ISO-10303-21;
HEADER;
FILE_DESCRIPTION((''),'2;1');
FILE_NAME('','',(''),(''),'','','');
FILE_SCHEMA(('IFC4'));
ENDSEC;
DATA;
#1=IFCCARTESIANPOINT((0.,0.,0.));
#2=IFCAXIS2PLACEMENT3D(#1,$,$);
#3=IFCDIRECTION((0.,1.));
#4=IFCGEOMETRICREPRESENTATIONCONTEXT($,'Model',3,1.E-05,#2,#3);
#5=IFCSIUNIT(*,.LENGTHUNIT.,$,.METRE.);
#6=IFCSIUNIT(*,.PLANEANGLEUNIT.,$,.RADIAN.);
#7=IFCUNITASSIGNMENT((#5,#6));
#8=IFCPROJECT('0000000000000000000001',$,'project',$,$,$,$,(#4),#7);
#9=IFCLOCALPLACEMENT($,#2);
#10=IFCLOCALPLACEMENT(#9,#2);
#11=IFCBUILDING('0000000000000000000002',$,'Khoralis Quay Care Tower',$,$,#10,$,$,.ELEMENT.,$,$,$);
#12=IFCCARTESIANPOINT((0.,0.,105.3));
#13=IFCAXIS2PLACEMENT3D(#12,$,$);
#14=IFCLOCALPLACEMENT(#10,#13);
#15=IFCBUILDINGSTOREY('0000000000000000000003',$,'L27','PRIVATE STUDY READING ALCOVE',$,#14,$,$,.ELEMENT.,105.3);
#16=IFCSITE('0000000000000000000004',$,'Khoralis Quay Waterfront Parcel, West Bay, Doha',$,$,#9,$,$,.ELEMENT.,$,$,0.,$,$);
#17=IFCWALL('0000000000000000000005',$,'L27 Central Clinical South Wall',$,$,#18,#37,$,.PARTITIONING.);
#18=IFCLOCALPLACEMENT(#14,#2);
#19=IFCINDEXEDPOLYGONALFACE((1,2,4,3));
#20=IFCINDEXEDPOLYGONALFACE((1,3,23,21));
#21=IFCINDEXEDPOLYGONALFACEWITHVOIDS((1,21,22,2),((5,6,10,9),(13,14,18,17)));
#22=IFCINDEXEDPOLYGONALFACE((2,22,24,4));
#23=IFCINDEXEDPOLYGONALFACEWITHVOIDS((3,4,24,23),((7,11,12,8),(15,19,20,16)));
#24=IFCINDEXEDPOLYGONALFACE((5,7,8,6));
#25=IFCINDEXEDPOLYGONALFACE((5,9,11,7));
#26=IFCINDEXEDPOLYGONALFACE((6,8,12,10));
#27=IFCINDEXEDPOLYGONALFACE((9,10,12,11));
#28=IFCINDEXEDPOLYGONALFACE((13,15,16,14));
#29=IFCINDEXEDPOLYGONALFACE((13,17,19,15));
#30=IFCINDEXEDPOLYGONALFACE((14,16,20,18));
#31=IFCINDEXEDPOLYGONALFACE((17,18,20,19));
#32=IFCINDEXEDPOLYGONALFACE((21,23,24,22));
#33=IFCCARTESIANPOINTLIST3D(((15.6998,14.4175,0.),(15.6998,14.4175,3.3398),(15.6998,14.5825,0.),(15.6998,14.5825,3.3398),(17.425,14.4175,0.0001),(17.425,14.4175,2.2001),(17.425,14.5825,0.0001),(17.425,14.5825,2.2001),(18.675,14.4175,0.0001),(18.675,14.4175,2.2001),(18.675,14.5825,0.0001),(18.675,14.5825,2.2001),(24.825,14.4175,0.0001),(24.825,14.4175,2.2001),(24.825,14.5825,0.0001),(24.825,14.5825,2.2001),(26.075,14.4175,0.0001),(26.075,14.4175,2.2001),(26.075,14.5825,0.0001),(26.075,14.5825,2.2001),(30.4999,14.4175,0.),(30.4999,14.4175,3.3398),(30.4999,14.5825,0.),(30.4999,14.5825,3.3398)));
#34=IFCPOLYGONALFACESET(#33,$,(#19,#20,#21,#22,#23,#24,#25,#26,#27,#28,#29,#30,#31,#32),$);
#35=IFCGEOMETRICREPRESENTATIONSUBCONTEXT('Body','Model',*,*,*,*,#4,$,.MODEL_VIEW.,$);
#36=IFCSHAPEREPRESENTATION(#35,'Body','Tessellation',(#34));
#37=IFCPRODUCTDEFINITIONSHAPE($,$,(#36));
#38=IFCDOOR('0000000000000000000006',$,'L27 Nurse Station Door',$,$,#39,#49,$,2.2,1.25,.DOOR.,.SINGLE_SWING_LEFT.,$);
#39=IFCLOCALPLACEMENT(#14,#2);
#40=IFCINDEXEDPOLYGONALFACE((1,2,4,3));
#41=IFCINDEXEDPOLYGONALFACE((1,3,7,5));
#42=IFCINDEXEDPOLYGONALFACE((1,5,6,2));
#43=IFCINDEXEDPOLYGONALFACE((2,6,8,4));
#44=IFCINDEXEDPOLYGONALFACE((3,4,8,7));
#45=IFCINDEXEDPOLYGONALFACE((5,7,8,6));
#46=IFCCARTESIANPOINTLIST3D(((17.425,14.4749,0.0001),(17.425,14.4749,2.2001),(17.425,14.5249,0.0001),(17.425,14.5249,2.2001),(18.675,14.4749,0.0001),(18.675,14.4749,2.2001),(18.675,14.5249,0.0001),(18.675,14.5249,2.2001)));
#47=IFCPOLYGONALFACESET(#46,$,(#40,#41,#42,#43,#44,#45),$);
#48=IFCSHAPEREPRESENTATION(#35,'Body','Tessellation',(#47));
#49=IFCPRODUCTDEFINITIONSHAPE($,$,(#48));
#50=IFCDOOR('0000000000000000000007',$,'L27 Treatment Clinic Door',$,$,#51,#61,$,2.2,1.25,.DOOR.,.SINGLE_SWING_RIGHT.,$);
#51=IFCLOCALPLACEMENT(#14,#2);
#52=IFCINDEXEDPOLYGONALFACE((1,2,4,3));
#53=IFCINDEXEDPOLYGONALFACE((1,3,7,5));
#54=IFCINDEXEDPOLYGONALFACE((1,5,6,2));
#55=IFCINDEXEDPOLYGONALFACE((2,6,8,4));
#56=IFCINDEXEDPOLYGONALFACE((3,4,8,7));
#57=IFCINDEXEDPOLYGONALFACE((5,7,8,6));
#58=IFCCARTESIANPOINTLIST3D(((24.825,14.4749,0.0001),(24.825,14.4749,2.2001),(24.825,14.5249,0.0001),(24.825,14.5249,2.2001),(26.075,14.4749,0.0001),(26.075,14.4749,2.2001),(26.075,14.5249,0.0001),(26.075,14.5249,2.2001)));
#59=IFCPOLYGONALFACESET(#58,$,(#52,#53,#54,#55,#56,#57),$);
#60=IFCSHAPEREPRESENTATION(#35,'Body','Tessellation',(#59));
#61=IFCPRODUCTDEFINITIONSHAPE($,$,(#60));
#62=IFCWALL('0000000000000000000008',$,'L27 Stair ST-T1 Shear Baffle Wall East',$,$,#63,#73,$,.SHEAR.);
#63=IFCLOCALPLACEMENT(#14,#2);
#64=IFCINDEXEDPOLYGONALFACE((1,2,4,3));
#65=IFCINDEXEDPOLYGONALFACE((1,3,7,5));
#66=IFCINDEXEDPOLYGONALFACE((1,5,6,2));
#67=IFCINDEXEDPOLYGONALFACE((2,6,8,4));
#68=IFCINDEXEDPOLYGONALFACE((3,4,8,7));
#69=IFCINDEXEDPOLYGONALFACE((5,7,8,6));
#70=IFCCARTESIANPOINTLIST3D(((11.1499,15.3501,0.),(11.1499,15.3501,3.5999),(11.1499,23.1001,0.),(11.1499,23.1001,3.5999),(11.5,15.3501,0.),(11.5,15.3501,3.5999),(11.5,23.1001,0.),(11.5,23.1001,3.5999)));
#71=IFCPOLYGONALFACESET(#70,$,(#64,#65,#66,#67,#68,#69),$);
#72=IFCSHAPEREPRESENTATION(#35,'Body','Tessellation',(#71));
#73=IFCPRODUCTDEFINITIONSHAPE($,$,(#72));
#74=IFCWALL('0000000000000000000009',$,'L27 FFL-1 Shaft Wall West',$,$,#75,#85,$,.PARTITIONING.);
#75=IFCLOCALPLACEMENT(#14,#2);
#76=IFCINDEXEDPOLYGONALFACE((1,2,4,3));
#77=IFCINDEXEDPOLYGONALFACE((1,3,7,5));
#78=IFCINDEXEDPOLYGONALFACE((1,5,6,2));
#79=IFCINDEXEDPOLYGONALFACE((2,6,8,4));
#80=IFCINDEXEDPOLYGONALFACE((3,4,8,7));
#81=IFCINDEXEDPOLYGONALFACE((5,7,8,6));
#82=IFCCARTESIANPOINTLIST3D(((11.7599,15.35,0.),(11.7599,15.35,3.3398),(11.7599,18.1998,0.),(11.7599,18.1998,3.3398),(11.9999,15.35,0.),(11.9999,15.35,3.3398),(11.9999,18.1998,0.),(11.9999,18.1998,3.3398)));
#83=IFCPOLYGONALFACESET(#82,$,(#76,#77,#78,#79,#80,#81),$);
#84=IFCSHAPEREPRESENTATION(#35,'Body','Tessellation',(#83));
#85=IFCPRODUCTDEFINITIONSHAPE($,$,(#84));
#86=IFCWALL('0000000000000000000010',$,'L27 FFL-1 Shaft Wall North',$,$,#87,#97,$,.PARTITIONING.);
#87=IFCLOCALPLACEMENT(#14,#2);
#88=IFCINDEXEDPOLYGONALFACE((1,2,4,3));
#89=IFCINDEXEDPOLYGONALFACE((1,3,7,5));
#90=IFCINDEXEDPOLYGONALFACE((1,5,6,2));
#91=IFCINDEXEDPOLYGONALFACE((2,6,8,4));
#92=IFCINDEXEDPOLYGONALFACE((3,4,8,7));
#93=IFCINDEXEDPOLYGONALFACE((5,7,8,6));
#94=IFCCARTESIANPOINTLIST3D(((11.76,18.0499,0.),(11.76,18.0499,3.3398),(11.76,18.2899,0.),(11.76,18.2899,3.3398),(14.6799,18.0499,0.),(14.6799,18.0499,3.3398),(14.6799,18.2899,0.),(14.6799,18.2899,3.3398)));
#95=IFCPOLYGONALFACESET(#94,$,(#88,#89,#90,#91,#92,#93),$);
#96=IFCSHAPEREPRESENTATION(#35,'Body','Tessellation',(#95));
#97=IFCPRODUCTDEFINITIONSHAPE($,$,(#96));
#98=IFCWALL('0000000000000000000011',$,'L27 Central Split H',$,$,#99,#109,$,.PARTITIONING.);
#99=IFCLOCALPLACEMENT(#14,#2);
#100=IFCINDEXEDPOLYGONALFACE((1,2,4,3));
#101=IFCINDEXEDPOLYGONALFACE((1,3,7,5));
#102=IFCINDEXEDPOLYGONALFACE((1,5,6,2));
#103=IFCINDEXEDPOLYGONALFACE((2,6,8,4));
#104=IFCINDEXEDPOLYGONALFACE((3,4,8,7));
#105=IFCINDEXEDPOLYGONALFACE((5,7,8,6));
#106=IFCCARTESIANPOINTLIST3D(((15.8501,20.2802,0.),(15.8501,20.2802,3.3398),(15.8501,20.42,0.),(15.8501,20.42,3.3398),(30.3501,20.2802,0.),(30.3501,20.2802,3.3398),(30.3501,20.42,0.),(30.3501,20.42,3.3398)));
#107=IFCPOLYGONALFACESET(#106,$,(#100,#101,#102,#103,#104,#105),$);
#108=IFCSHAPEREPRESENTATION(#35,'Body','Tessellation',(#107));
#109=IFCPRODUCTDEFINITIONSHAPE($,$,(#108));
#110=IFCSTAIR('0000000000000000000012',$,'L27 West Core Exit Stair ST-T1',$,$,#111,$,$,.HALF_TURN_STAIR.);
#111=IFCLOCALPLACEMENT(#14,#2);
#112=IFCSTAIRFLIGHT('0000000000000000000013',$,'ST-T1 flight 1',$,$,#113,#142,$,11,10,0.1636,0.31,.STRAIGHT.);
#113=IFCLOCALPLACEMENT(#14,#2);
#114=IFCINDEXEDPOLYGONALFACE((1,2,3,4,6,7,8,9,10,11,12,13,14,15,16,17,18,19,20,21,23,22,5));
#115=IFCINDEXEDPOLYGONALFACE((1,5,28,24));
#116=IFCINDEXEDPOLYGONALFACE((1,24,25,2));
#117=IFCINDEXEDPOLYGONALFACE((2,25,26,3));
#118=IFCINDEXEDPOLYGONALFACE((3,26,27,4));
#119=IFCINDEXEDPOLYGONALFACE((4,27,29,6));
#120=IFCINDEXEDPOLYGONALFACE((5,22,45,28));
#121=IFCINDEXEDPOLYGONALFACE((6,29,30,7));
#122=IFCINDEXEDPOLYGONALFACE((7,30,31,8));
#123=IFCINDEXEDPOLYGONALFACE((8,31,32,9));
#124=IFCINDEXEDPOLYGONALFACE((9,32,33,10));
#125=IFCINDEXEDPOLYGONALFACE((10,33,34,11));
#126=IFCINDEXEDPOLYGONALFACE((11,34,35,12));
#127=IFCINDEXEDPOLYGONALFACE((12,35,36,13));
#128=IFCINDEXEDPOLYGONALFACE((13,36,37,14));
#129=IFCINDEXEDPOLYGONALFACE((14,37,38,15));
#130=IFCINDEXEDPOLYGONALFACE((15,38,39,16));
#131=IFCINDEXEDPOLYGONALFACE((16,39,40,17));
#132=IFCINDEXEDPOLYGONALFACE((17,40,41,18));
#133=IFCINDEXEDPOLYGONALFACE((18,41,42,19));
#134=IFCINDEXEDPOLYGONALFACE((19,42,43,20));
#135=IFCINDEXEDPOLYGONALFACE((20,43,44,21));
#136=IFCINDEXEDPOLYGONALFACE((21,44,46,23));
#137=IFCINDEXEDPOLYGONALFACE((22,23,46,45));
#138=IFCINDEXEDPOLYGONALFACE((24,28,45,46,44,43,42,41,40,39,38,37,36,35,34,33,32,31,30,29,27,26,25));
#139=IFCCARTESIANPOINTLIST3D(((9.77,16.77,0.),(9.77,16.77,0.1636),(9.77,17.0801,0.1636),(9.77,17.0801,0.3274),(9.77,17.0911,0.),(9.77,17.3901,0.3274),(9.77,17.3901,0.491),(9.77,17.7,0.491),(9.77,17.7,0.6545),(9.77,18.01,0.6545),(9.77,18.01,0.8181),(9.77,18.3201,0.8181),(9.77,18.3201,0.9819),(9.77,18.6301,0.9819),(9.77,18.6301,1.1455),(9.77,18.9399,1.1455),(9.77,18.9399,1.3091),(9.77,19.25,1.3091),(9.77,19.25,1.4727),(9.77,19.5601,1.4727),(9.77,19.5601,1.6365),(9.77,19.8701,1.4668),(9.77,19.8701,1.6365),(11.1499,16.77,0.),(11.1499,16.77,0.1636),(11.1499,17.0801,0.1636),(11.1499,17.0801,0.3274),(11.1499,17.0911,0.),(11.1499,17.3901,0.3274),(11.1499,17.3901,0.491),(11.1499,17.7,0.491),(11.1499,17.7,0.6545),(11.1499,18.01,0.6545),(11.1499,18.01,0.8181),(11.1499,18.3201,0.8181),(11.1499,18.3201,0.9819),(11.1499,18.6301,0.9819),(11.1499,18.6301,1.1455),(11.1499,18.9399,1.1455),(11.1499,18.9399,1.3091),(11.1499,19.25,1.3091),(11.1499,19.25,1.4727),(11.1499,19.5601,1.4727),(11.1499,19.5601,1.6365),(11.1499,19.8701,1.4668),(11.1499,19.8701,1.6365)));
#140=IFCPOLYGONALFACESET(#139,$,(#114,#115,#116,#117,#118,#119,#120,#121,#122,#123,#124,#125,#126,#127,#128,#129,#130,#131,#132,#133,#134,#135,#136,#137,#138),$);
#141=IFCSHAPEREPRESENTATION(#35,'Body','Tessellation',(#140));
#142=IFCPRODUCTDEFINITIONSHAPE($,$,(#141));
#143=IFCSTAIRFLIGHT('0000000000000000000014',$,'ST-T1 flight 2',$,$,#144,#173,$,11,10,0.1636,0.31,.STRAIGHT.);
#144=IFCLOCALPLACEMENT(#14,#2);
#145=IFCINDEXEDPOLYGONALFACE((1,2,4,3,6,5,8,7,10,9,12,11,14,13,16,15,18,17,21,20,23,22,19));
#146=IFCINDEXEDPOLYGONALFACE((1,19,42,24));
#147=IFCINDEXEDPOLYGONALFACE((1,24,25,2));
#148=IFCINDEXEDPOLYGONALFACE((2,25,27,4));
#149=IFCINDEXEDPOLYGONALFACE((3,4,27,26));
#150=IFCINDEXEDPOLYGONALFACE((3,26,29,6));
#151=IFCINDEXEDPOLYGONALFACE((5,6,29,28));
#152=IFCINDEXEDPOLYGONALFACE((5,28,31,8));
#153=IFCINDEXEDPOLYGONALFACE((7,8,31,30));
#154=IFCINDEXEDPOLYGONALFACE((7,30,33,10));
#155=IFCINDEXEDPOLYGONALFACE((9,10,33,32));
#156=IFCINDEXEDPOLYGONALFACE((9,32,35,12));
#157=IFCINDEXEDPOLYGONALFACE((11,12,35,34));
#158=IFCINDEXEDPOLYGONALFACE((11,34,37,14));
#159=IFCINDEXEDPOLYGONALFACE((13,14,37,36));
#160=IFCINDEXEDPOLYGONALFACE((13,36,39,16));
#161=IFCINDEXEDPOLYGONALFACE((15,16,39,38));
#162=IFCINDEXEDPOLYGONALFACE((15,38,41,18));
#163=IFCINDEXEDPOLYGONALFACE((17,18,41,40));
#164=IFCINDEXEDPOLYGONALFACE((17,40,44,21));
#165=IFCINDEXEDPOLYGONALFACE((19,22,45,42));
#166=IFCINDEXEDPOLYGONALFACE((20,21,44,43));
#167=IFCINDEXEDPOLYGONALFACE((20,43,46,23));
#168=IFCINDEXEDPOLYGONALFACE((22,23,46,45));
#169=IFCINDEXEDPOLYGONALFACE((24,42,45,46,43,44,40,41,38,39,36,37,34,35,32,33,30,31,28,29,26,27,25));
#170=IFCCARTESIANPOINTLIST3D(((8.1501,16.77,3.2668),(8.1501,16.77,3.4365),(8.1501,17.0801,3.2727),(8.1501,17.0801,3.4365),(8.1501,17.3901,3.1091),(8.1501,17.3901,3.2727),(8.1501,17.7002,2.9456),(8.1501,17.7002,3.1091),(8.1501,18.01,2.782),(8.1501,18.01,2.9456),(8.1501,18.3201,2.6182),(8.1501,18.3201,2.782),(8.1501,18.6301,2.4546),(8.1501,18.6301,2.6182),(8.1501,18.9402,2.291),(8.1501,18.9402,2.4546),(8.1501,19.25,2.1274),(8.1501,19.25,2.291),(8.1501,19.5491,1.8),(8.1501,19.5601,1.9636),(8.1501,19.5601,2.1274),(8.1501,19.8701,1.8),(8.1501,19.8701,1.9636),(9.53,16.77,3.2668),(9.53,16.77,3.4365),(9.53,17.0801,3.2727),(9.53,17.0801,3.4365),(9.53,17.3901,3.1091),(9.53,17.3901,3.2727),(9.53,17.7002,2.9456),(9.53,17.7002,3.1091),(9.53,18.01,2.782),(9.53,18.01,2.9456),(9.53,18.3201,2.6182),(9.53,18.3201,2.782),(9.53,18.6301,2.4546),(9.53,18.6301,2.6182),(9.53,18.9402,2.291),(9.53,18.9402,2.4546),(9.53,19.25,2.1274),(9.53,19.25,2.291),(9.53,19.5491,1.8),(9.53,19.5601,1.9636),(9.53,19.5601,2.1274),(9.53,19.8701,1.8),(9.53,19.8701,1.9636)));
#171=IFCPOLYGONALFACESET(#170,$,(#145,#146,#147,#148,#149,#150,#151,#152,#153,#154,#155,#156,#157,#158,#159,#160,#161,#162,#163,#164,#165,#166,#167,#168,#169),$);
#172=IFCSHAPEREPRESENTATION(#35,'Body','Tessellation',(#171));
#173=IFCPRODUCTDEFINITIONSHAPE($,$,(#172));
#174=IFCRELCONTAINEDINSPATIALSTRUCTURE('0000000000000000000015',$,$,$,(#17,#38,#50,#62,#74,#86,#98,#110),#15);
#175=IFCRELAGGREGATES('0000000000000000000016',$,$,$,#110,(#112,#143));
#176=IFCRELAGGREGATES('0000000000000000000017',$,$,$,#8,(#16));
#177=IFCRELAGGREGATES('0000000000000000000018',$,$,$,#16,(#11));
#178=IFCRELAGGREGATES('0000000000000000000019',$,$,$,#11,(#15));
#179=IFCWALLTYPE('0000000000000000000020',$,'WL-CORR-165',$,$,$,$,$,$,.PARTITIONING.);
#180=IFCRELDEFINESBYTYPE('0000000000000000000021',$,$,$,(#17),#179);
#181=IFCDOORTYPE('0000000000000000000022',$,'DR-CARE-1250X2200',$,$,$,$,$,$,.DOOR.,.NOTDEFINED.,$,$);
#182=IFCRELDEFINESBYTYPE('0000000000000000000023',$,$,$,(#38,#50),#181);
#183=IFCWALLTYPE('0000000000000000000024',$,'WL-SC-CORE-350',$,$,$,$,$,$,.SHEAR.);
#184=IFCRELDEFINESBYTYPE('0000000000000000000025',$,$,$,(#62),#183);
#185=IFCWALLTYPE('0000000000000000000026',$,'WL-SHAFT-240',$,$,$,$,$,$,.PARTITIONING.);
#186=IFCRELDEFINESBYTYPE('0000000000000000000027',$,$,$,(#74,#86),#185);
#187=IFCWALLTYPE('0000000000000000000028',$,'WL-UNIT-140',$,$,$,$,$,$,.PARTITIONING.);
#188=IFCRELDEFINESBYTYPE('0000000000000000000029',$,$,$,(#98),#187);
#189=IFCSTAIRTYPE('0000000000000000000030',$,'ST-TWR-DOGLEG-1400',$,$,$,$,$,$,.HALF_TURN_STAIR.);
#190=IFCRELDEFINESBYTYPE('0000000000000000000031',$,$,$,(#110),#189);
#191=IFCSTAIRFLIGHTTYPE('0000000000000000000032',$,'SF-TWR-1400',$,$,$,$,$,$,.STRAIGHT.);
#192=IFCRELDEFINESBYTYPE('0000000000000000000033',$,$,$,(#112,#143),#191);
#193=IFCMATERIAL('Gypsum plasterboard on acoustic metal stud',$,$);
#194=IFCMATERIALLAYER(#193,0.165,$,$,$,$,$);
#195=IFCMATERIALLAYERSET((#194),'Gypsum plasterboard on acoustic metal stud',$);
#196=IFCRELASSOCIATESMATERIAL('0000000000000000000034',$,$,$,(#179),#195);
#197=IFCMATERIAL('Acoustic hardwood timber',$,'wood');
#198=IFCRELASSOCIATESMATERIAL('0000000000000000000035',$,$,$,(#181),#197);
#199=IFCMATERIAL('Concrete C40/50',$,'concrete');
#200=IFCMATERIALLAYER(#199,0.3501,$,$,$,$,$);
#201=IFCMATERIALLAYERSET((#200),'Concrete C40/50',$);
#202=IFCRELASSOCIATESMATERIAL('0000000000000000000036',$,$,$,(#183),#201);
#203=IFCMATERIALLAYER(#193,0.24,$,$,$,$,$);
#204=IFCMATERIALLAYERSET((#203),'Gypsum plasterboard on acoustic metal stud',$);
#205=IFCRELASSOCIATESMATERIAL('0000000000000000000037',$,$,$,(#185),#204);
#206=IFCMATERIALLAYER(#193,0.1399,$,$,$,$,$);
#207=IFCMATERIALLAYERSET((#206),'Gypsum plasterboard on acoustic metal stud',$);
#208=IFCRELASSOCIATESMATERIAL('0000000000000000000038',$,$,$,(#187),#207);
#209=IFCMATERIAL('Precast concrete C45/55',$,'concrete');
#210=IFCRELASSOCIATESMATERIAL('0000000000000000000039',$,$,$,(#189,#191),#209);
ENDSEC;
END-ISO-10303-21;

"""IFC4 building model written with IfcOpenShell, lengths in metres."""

from ifc_helpers import new_model, si_unit, direction, frame, frame_2d, origin, place, context, subcontext, project, spatial, polyline, rectangle, outline, extrude, source, transform, mapped, material, layer, layer_set, type_object, element, fill, aggregate, save


model = new_model("IFC4")

# Units and contexts
model_context = context("Model", 3, precision=1e-05, world=origin(), true_north=direction((0.0, 1.0)))
body_context = subcontext(model_context, "Body", "Model", "MODEL_VIEW")
ifc_project = project(units=[si_unit("LENGTHUNIT", "METRE"), si_unit("PLANEANGLEUNIT", "RADIAN")], contexts=[model_context])

# Site, building, storey
site_placement = place(None, origin())
site = spatial("IfcSite", under=ifc_project, at=site_placement, Name="Khoralis Quay Waterfront Parcel, West Bay, Doha", CompositionType="ELEMENT", RefElevation=0.0)
building_placement = place(site_placement, origin())
building = spatial("IfcBuilding", under=site, at=building_placement, Name="Khoralis Quay Care Tower", CompositionType="ELEMENT")
storey_placement = place(building_placement, frame((0.0, 0.0, 105.3)))
storey = spatial("IfcBuildingStorey", under=building, at=storey_placement, Name="L27", Description="PRIVATE STUDY READING ALCOVE", CompositionType="ELEMENT", Elevation=105.3)

# Shared definitions
ifc_material_1 = material(Name="Gypsum plasterboard on acoustic metal stud")

# Wall, openings, doors
ifc_layer_1 = layer(ifc_material_1, 0.165)
ifc_layer_set_1 = layer_set([ifc_layer_1], Name="Gypsum plasterboard on acoustic metal stud")
wall_type_1 = type_object("IfcWallType", Name="WL-CORR-165", PredefinedType="PARTITIONING", material=ifc_layer_set_1)
wall_1_placement = place(storey_placement, frame((15.7, 14.5, 0.0), z_axis=(0.0, 0.0, 1.0), x_axis=(1.0, 0.0, 0.0)))
wall_1 = element("IfcWall", 1, at=wall_1_placement, inside=storey, type_object=wall_type_1, Name="L27 Central Clinical South Wall", PredefinedType="PARTITIONING", context=body_context, shape_type="SweptSolid", body=[
    extrude(rectangle(XDim=14.8, YDim=0.165, at=frame_2d((7.3999, 0.0))), origin(), (0.0, 0.0, 1.0), 3.3398),
])
opening_1_placement = place(wall_1_placement, frame((1.7251, 0.0, 0.0)))
opening_1 = element("IfcOpeningElement", 2, at=opening_1_placement, cuts=wall_1, PredefinedType="OPENING", context=body_context, shape_type="SweptSolid", body=[
    extrude(rectangle(XDim=1.25, YDim=2.2, at=frame_2d((0.625, 1.1001))), frame((0.0, 0.0925, 0.0), z_axis=(0.0, -1.0, 0.0), x_axis=(1.0, 0.0, 0.0)), (0.0, 0.0, 1.0), 0.1851),
])
opening_2_placement = place(wall_1_placement, frame((9.125, 0.0, 0.0)))
opening_2 = element("IfcOpeningElement", 3, at=opening_2_placement, cuts=wall_1, PredefinedType="OPENING", context=body_context, shape_type="SweptSolid", body=[
    extrude(rectangle(XDim=1.25, YDim=2.2, at=frame_2d((0.625, 1.1001))), frame((0.0, 0.0925, 0.0), z_axis=(0.0, -1.0, 0.0), x_axis=(1.0, 0.0, 0.0)), (0.0, 0.0, 1.0), 0.1851),
])
ifc_material_2 = material(Name="Acoustic hardwood timber", Category="wood")
door_type_1 = type_object("IfcDoorType", Name="DR-CARE-1250X2200", OperationType="NOTDEFINED", PredefinedType="DOOR", material=ifc_material_2)
shared_shape_1 = source(origin(), body_context, "Body", "SweptSolid", [
    extrude(rectangle(XDim=1.25, YDim=2.2, at=frame_2d((0.625, 1.1001))), frame((0.0, 0.0249, 0.0), z_axis=(0.0, -1.0, 0.0), x_axis=(1.0, 0.0, 0.0)), (0.0, 0.0, 1.0), 0.05),
])
door_1_placement = place(opening_1_placement, origin())
door_1 = element("IfcDoor", 4, at=door_1_placement, inside=storey, type_object=door_type_1, Name="L27 Nurse Station Door", OperationType="SINGLE_SWING_LEFT", OverallHeight=2.2, OverallWidth=1.25, PredefinedType="DOOR", context=body_context, shape_type="MappedRepresentation", body=[
    mapped(shared_shape_1, transform((0.0, 0.0, 0.0), scale=1.0)),
])
fill(opening_1, door_1)
door_2_placement = place(opening_2_placement, origin())
door_2 = element("IfcDoor", 5, at=door_2_placement, inside=storey, type_object=door_type_1, Name="L27 Treatment Clinic Door", OperationType="SINGLE_SWING_RIGHT", OverallHeight=2.2, OverallWidth=1.25, PredefinedType="DOOR", context=body_context, shape_type="MappedRepresentation", body=[
    mapped(shared_shape_1, transform((0.0, 0.0, 0.0), scale=1.0)),
])
fill(opening_2, door_2)

# Walls
ifc_material_3 = material(Name="Concrete C40/50", Category="concrete")
ifc_layer_2 = layer(ifc_material_3, 0.3501)
ifc_layer_set_2 = layer_set([ifc_layer_2], Name="Concrete C40/50")
wall_type_2 = type_object("IfcWallType", Name="WL-SC-CORE-350", PredefinedType="SHEAR", material=ifc_layer_set_2)
wall_2_placement = place(storey_placement, frame((11.325, 15.3501, 0.0), z_axis=(0.0, 0.0, 1.0), x_axis=(0.0, 1.0, 0.0)))
element("IfcWall", 6, at=wall_2_placement, inside=storey, type_object=wall_type_2, Name="L27 Stair ST-T1 Shear Baffle Wall East", PredefinedType="SHEAR", context=body_context, shape_type="SweptSolid", body=[
    extrude(rectangle(XDim=7.75, YDim=0.3501, at=frame_2d((3.875, 0.0))), origin(), (0.0, 0.0, 1.0), 3.5999),
])
ifc_layer_3 = layer(ifc_material_1, 0.24)
ifc_layer_set_3 = layer_set([ifc_layer_3], Name="Gypsum plasterboard on acoustic metal stud")
wall_type_3 = type_object("IfcWallType", Name="WL-SHAFT-240", PredefinedType="PARTITIONING", material=ifc_layer_set_3)
wall_3_placement = place(storey_placement, frame((11.8799, 15.3501, 0.0), z_axis=(0.0, 0.0, 1.0), x_axis=(0.0, 1.0, 0.0)))
element("IfcWall", 7, at=wall_3_placement, inside=storey, type_object=wall_type_3, Name="L27 FFL-1 Shaft Wall West", PredefinedType="PARTITIONING", context=body_context, shape_type="SweptSolid", body=[
    extrude(rectangle(XDim=2.8499, YDim=0.24, at=frame_2d((1.4248, 0.0))), origin(), (0.0, 0.0, 1.0), 3.3398),
])
wall_4_placement = place(storey_placement, frame((11.76, 18.1699, 0.0), z_axis=(0.0, 0.0, 1.0), x_axis=(1.0, 0.0, 0.0)))
element("IfcWall", 8, at=wall_4_placement, inside=storey, type_object=wall_type_3, Name="L27 FFL-1 Shaft Wall North", PredefinedType="PARTITIONING", context=body_context, shape_type="SweptSolid", body=[
    extrude(rectangle(XDim=2.9199, YDim=0.24, at=frame_2d((1.46, 0.0))), origin(), (0.0, 0.0, 1.0), 3.3398),
])
ifc_layer_4 = layer(ifc_material_1, 0.1399)
ifc_layer_set_4 = layer_set([ifc_layer_4], Name="Gypsum plasterboard on acoustic metal stud")
wall_type_4 = type_object("IfcWallType", Name="WL-UNIT-140", PredefinedType="PARTITIONING", material=ifc_layer_set_4)
wall_5_placement = place(storey_placement, frame((15.8501, 20.3501, 0.0), z_axis=(0.0, 0.0, 1.0), x_axis=(1.0, 0.0, 0.0)))
element("IfcWall", 9, at=wall_5_placement, inside=storey, type_object=wall_type_4, Name="L27 Central Split H", PredefinedType="PARTITIONING", context=body_context, shape_type="SweptSolid", body=[
    extrude(rectangle(XDim=14.5, YDim=0.1399, at=frame_2d((7.25, 0.0))), origin(), (0.0, 0.0, 1.0), 3.3398),
])

# Stair, stair flights
ifc_material_4 = material(Name="Precast concrete C45/55", Category="concrete")
stair_type = type_object("IfcStairType", Name="ST-TWR-DOGLEG-1400", PredefinedType="HALF_TURN_STAIR", material=ifc_material_4)
stair_placement = place(storey_placement, origin())
stair = element("IfcStair", 10, at=stair_placement, inside=storey, type_object=stair_type, Name="L27 West Core Exit Stair ST-T1", PredefinedType="HALF_TURN_STAIR")
stair_flight_type = type_object("IfcStairFlightType", Name="SF-TWR-1400", PredefinedType="STRAIGHT", material=ifc_material_4)
shared_shape_2 = source(origin(), body_context, "Body", "SweptSolid", [
    extrude(outline(polyline([(0.0, 0.0), (0.0, 0.1636), (0.3101, 0.1636), (0.3101, 0.3274), (0.6201, 0.3274), (0.6201, 0.491), (0.9299, 0.491), (0.9299, 0.6545), (1.24, 0.6545), (1.24, 0.8181), (1.55, 0.8181), (1.55, 0.9819), (1.8601, 0.9819), (1.8601, 1.1455), (2.1699, 1.1455), (2.1699, 1.3091), (2.48, 1.3091), (2.48, 1.4727), (2.79, 1.4727), (2.79, 1.6365), (3.1001, 1.6365), (3.1001, 1.8), (3.1001, 1.4668), (0.321, 0.0), (0.0, 0.0)])), frame((0.0, 0.6899, 0.0), z_axis=(0.0, -1.0, 0.0), x_axis=(1.0, 0.0, 0.0)), (0.0, 0.0, 1.0), 1.3799),
])
stair_flight_1_placement = place(storey_placement, frame((10.46, 16.77, 0.0), z_axis=(0.0, 0.0, 1.0), x_axis=(0.0, 1.0, 0.0)))
stair_flight_1 = element("IfcStairFlight", 11, at=stair_flight_1_placement, type_object=stair_flight_type, Name="ST-T1 flight 1", NumberOfRisers=11, NumberOfTreads=10, PredefinedType="STRAIGHT", RiserHeight=0.1636, TreadLength=0.31, context=body_context, shape_type="MappedRepresentation", body=[
    mapped(shared_shape_2, transform((0.0, 0.0, 0.0), scale=1.0)),
])
stair_flight_2_placement = place(storey_placement, frame((8.8401, 19.8701, 1.8), z_axis=(0.0, 0.0, 1.0), x_axis=(0.0, -1.0, 0.0)))
stair_flight_2 = element("IfcStairFlight", 12, at=stair_flight_2_placement, type_object=stair_flight_type, Name="ST-T1 flight 2", NumberOfRisers=11, NumberOfTreads=10, PredefinedType="STRAIGHT", RiserHeight=0.1636, TreadLength=0.31, context=body_context, shape_type="MappedRepresentation", body=[
    mapped(shared_shape_2, transform((0.0, 0.0, 0.0), scale=1.0)),
])
aggregate(stair, [stair_flight_1, stair_flight_2])

save(model, "model.ifc")
